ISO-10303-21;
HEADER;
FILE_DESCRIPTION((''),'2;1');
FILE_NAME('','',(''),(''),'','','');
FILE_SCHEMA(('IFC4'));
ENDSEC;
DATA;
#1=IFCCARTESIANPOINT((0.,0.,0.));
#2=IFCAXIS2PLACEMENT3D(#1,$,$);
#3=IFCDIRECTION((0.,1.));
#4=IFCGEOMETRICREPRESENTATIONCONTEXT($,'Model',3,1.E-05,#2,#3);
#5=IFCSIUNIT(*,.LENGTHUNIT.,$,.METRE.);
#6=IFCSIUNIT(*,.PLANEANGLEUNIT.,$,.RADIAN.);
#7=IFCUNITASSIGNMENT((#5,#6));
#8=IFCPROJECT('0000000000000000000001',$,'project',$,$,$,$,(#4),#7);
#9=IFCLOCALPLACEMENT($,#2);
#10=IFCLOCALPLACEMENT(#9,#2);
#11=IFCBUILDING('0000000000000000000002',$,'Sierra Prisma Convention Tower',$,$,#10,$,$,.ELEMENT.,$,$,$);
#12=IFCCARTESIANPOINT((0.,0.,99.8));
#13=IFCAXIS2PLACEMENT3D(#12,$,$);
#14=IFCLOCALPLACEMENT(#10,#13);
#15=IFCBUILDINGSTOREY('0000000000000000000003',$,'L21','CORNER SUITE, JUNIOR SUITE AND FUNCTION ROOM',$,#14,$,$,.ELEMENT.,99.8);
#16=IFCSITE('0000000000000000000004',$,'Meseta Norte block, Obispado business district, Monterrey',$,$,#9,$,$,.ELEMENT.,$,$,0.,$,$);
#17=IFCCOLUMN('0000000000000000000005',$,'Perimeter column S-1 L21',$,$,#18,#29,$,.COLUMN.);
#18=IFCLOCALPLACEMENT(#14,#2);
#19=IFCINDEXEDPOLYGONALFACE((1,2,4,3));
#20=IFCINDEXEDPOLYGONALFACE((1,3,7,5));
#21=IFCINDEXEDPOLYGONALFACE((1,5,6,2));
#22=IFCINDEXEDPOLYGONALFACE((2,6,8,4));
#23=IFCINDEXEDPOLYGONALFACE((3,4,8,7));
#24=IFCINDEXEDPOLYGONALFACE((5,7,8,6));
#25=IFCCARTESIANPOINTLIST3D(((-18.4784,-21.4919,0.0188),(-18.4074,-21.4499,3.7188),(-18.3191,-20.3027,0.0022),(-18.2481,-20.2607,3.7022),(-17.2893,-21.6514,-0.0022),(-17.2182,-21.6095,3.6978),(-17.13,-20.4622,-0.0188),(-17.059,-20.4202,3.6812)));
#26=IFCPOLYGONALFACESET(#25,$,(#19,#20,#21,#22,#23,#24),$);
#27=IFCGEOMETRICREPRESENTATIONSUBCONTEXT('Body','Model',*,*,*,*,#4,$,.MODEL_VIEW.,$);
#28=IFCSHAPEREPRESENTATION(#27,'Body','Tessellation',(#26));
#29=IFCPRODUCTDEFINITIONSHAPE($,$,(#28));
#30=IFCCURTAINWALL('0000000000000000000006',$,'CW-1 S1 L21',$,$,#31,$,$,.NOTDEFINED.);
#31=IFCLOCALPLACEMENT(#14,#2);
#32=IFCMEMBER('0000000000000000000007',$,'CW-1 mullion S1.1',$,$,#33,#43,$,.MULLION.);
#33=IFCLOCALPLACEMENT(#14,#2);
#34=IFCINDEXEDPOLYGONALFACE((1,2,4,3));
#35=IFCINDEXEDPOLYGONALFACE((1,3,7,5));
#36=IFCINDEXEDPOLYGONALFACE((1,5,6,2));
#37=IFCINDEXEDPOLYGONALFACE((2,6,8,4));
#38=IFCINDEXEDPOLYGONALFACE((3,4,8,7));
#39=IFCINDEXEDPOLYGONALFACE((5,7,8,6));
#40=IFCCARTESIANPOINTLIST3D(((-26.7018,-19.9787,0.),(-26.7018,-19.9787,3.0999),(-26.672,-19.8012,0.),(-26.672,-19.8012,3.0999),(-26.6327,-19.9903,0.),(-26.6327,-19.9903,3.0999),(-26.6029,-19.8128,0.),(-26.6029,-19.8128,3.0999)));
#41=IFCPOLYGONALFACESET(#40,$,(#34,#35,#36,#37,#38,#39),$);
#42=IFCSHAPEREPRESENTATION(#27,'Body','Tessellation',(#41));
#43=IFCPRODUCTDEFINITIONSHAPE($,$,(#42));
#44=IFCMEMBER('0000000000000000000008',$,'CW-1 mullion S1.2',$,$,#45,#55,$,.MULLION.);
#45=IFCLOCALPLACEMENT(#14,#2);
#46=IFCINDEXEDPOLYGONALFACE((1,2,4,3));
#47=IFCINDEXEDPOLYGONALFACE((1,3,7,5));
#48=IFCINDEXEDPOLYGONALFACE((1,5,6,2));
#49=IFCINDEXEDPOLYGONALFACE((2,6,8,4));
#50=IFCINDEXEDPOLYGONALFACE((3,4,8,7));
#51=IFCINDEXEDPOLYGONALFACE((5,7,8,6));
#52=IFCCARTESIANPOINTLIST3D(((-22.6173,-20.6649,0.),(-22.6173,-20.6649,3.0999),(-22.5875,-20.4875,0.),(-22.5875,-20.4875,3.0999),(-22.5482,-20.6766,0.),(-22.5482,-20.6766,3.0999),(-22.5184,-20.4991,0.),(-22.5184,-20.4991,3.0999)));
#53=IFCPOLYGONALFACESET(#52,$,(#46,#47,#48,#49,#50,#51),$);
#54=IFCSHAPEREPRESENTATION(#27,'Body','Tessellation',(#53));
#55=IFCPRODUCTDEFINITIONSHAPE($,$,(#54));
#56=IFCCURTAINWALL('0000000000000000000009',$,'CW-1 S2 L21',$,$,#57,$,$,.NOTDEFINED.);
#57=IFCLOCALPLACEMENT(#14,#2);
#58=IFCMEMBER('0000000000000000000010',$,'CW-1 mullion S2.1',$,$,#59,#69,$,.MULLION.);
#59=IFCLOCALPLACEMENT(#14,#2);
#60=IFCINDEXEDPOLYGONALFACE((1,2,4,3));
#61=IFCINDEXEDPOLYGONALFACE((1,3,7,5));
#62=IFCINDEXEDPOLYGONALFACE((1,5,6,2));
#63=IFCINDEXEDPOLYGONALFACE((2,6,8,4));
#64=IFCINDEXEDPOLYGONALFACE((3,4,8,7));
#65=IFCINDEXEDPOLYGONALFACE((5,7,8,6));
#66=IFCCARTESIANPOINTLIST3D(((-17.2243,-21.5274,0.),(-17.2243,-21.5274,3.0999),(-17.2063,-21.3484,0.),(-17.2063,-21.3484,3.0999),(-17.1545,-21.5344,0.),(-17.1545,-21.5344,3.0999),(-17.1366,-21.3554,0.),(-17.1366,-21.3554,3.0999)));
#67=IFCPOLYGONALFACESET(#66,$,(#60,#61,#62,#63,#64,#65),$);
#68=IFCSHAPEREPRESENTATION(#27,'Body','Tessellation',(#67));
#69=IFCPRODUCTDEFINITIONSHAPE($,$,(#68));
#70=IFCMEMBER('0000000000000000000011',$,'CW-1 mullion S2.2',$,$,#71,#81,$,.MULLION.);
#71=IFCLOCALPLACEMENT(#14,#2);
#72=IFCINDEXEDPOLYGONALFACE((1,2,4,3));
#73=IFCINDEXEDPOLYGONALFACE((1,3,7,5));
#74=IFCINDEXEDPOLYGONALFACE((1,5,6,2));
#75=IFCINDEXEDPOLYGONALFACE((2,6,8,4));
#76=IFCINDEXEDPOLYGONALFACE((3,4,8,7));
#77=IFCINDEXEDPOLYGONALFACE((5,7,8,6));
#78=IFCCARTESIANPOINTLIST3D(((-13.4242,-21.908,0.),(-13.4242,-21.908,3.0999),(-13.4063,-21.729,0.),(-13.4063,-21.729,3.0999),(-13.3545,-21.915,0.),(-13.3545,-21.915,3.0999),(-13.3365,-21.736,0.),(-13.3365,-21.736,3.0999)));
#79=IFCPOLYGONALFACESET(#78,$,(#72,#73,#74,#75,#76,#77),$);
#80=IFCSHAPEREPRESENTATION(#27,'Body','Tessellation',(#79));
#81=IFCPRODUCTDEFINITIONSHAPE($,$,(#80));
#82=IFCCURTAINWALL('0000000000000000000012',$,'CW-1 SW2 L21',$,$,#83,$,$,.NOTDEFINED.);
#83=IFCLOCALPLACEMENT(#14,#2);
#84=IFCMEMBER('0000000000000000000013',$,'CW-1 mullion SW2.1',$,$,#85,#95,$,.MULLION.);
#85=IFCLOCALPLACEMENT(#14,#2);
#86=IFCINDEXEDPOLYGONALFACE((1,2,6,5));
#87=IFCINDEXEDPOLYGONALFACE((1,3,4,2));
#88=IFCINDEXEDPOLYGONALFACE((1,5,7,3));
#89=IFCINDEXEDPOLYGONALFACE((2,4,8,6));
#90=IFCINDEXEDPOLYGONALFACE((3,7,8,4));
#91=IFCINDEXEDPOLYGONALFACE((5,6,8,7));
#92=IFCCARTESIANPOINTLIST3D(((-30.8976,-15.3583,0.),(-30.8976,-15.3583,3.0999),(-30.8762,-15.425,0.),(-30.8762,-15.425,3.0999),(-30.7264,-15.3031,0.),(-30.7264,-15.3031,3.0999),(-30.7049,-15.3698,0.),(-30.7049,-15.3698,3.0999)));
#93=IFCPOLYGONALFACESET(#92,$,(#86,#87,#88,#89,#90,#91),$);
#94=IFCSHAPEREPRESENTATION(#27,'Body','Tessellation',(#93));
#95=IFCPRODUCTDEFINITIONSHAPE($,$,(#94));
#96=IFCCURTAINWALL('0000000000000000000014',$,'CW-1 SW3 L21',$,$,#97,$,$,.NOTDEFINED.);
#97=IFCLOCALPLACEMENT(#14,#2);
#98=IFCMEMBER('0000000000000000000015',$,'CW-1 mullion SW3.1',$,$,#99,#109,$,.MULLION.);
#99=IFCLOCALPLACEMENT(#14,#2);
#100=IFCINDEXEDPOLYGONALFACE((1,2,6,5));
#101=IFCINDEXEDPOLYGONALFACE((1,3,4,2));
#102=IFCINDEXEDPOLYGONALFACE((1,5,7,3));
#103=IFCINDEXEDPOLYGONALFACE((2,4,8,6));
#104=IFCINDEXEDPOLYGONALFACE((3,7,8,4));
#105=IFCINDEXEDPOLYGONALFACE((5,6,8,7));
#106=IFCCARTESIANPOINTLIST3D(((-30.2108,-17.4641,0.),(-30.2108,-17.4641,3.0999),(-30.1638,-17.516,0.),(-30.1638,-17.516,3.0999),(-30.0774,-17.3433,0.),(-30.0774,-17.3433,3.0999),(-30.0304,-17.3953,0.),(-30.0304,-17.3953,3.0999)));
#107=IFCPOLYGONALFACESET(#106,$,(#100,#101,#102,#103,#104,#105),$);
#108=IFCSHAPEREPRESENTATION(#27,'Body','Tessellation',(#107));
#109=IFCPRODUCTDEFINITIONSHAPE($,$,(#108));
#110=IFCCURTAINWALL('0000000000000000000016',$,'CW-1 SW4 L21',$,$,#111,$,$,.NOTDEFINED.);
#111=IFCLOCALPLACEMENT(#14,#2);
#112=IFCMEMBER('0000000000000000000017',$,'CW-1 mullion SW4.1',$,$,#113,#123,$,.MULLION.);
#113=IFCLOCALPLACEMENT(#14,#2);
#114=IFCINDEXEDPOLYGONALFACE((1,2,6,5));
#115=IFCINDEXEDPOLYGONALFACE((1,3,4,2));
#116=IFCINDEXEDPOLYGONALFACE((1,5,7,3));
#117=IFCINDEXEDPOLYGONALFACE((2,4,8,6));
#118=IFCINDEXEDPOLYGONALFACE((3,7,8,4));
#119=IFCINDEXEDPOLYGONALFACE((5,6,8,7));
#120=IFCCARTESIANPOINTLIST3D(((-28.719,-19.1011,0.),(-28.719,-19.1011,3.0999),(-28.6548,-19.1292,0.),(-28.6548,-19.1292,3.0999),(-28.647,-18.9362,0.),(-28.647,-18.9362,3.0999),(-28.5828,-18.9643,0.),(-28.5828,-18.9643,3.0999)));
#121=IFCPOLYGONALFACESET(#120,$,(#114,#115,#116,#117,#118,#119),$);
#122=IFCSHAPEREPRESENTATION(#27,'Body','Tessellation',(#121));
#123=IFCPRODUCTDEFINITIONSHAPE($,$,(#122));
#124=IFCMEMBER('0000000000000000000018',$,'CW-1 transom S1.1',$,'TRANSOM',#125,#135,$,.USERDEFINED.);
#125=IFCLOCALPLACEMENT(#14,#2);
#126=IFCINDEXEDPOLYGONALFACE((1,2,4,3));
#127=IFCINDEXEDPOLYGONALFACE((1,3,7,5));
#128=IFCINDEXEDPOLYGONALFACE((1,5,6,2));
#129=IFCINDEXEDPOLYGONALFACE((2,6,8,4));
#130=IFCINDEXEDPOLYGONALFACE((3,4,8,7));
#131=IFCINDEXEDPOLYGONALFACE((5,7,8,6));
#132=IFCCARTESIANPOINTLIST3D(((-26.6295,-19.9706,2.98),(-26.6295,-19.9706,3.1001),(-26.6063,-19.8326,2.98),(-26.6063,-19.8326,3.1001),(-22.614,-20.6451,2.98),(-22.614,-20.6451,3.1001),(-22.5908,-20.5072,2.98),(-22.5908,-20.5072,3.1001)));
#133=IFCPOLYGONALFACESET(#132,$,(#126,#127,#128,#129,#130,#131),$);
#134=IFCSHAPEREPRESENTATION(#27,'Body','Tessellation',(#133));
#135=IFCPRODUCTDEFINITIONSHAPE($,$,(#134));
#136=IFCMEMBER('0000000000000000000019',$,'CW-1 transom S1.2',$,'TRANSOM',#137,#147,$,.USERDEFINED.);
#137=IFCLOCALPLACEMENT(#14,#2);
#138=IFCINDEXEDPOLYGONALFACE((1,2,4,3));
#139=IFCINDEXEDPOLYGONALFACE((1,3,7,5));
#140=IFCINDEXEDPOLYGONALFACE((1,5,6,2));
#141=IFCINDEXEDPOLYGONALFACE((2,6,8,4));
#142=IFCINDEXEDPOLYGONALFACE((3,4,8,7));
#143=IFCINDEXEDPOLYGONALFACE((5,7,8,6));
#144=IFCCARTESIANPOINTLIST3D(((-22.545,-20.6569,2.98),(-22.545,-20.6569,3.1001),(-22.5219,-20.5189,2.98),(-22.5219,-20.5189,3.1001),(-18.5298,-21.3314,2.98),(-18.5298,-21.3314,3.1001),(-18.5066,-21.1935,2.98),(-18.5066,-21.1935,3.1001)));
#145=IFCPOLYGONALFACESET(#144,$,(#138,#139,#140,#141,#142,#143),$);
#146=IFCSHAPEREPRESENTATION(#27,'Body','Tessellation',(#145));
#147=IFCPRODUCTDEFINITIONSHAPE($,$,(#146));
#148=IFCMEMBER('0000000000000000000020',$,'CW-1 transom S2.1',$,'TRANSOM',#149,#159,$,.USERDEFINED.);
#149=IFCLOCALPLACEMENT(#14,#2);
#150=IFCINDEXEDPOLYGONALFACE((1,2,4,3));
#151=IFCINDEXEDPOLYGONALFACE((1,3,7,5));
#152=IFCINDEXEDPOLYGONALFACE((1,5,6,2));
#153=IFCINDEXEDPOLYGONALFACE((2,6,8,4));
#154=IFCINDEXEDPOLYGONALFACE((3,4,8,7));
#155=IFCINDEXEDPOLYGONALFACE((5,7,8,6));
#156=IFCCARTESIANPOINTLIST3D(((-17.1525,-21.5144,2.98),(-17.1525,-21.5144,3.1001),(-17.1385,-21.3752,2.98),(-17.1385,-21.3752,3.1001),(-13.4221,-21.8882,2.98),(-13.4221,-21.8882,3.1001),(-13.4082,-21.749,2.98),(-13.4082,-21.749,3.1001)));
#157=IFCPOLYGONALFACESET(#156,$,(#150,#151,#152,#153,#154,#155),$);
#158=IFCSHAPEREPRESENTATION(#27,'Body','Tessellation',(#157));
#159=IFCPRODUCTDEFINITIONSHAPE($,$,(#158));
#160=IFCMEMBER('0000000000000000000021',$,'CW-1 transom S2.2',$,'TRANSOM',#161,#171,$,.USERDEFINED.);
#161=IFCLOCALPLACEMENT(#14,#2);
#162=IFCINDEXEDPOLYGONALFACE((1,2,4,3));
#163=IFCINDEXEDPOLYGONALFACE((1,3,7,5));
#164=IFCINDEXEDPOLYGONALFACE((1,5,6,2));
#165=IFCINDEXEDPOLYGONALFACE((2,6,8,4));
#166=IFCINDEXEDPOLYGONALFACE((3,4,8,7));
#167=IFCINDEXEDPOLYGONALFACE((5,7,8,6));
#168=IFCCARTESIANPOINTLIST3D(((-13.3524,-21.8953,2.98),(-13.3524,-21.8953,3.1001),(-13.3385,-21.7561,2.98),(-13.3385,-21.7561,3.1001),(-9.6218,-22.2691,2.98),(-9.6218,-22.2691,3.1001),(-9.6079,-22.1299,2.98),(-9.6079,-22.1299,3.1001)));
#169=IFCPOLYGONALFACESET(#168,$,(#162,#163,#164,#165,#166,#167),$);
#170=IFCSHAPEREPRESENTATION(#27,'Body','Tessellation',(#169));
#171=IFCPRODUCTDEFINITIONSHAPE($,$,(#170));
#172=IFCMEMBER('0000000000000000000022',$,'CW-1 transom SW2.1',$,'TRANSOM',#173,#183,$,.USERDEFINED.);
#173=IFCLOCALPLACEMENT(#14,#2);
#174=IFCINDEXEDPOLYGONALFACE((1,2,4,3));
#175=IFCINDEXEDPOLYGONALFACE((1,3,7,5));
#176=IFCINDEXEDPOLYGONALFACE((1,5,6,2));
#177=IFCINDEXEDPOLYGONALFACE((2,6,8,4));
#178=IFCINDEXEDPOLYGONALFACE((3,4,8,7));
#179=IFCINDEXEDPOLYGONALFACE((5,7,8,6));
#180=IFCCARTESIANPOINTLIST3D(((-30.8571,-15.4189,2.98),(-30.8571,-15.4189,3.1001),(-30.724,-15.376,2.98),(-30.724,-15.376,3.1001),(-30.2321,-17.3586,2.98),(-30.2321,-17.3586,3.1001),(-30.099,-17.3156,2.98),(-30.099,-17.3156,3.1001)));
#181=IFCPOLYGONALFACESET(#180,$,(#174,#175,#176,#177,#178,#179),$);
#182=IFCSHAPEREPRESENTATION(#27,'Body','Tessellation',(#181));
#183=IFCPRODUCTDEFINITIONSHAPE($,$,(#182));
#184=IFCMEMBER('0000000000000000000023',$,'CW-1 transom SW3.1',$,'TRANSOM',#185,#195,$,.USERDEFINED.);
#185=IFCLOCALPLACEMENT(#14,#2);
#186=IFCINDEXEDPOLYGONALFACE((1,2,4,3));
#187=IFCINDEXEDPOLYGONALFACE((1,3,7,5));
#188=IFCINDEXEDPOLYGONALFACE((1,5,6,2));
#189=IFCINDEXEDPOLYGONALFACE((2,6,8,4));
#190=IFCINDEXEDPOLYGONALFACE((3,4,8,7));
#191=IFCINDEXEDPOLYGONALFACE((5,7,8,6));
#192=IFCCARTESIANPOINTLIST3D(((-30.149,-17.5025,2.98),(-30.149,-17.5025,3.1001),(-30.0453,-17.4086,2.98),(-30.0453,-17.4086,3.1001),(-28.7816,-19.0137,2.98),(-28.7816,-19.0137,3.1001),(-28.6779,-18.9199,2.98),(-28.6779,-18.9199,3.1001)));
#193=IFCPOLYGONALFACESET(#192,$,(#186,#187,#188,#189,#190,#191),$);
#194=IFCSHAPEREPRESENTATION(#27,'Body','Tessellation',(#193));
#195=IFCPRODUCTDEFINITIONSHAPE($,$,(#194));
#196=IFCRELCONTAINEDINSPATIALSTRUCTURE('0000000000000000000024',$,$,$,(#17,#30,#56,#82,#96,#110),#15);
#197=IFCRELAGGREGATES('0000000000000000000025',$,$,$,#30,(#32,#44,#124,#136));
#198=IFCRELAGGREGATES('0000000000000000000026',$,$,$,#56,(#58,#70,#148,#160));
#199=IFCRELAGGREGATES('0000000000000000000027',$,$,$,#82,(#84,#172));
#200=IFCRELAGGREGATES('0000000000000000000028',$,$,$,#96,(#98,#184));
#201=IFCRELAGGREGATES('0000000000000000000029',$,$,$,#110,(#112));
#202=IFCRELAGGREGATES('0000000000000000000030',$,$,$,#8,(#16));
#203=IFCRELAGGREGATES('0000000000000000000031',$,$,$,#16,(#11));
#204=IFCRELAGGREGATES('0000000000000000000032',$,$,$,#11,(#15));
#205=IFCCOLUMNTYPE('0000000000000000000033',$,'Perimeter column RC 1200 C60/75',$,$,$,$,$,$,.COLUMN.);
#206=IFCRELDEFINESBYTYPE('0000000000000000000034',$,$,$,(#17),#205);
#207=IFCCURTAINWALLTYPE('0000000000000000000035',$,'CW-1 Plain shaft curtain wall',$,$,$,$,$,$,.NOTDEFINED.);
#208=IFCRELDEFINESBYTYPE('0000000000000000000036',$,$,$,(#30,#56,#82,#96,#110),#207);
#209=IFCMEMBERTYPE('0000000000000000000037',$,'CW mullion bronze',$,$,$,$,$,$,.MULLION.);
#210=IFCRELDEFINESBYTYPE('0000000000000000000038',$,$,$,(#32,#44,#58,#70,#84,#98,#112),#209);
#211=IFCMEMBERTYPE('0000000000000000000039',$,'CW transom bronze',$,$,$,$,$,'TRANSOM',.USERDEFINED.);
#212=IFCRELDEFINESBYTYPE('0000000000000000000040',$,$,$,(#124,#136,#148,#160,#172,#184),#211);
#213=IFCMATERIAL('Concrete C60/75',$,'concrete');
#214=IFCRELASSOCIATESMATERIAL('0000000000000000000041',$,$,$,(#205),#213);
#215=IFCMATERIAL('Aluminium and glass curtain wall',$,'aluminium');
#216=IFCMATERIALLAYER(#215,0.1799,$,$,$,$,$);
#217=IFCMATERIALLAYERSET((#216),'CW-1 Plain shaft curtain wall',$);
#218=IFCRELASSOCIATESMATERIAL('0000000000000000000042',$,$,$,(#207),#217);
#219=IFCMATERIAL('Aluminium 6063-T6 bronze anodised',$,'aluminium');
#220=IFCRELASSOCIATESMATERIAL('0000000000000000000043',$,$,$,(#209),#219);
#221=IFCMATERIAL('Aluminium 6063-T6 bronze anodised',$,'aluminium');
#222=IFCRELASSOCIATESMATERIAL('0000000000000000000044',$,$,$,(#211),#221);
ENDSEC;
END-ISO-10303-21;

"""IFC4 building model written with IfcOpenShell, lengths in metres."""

from ifc_helpers import new_model, si_unit, direction, frame, origin, origin_2d, place, context, subcontext, project, spatial, rectangle, extrude, material, layer, layer_set, material_profile, profile_set, type_object, element, aggregate, save


model = new_model("IFC4")

# Units and contexts
model_context = context("Model", 3, precision=1e-05, world=origin(), true_north=direction((0.0, 1.0)))
body_context = subcontext(model_context, "Body", "Model", "MODEL_VIEW")
ifc_project = project(units=[si_unit("LENGTHUNIT", "METRE"), si_unit("PLANEANGLEUNIT", "RADIAN")], contexts=[model_context])

# Site, building, storey
site_placement = place(None, origin())
site = spatial("IfcSite", under=ifc_project, at=site_placement, Name="Meseta Norte block, Obispado business district, Monterrey", CompositionType="ELEMENT", RefElevation=0.0)
building_placement = place(site_placement, origin())
building = spatial("IfcBuilding", under=site, at=building_placement, Name="Sierra Prisma Convention Tower", CompositionType="ELEMENT")
storey_placement = place(building_placement, frame((0.0, 0.0, 99.8)))
storey = spatial("IfcBuildingStorey", under=building, at=storey_placement, Name="L21", Description="CORNER SUITE, JUNIOR SUITE AND FUNCTION ROOM", CompositionType="ELEMENT", Elevation=99.8)

# Column
ifc_material_1 = material(Name="Concrete C60/75", Category="concrete")
ifc_material_profile_1 = material_profile(ifc_material_1, rectangle(XDim=1.2, YDim=1.2, at=origin_2d()), Name="Perimeter column RC 1200 C60/75")
ifc_profile_set_1 = profile_set([ifc_material_profile_1], Name="Concrete C60/75")
column_type = type_object("IfcColumnType", Name="Perimeter column RC 1200 C60/75", PredefinedType="COLUMN", material=ifc_profile_set_1)
column_placement = place(storey_placement, frame((-17.8042, -20.9771, 0.0), z_axis=(0.019197, 0.011347, 0.999751), x_axis=(-0.990964, 0.132983, 0.017519)))
element("IfcColumn", 1, at=column_placement, inside=storey, type_object=column_type, Name="Perimeter column S-1 L21", PredefinedType="COLUMN", context=body_context, shape_type="SweptSolid", body=[
    extrude(rectangle(XDim=1.2, YDim=1.2, at=origin_2d()), origin(), (0.0, 0.0, 1.0), 3.7009),
])

# Curtain walls, members
ifc_material_2 = material(Name="Aluminium and glass curtain wall", Category="aluminium")
ifc_layer_1 = layer(ifc_material_2, 0.1799)
ifc_layer_set_1 = layer_set([ifc_layer_1], Name="CW-1 Plain shaft curtain wall")
curtain_wall_type = type_object("IfcCurtainWallType", Name="CW-1 Plain shaft curtain wall", PredefinedType="NOTDEFINED", material=ifc_layer_set_1)
curtain_wall_1_placement = place(storey_placement, origin())
curtain_wall_1 = element("IfcCurtainWall", 2, at=curtain_wall_1_placement, inside=storey, type_object=curtain_wall_type, Name="CW-1 S1 L21", PredefinedType="NOTDEFINED")
ifc_material_3 = material(Name="Aluminium 6063-T6 bronze anodised", Category="aluminium")
ifc_material_profile_2 = material_profile(ifc_material_3, rectangle(XDim=0.1799, YDim=0.0701, at=origin_2d()), Name="ALU MULLION 70x180")
ifc_profile_set_2 = profile_set([ifc_material_profile_2], Name="Aluminium 6063-T6 bronze anodised")
member_type_1 = type_object("IfcMemberType", Name="CW mullion bronze", PredefinedType="MULLION", material=ifc_profile_set_2)
member_1_placement = place(storey_placement, frame((-26.6523, -19.8958, 0.0), z_axis=(0.0, 0.0, 1.0), x_axis=(0.165694, 0.986177, 0.0)))
member_1 = element("IfcMember", 3, at=member_1_placement, type_object=member_type_1, Name="CW-1 mullion S1.1", PredefinedType="MULLION", context=body_context, shape_type="SweptSolid", body=[
    extrude(rectangle(XDim=0.1799, YDim=0.0701, at=origin_2d()), origin(), (0.0, 0.0, 1.0), 3.0999),
])
member_2_placement = place(storey_placement, frame((-22.5679, -20.582, 0.0), z_axis=(0.0, 0.0, 1.0), x_axis=(0.165694, 0.986177, 0.0)))
member_2 = element("IfcMember", 4, at=member_2_placement, type_object=member_type_1, Name="CW-1 mullion S1.2", PredefinedType="MULLION", context=body_context, shape_type="SweptSolid", body=[
    extrude(rectangle(XDim=0.1799, YDim=0.0701, at=origin_2d()), origin(), (0.0, 0.0, 1.0), 3.0999),
])
curtain_wall_2_placement = place(storey_placement, origin())
curtain_wall_2 = element("IfcCurtainWall", 5, at=curtain_wall_2_placement, inside=storey, type_object=curtain_wall_type, Name="CW-1 S2 L21", PredefinedType="NOTDEFINED")
member_3_placement = place(storey_placement, frame((-17.1804, -21.4414, 0.0), z_axis=(0.0, 0.0, 1.0), x_axis=(0.099711, 0.995016, 0.0)))
member_3 = element("IfcMember", 6, at=member_3_placement, type_object=member_type_1, Name="CW-1 mullion S2.1", PredefinedType="MULLION", context=body_context, shape_type="SweptSolid", body=[
    extrude(rectangle(XDim=0.1799, YDim=0.0701, at=origin_2d()), origin(), (0.0, 0.0, 1.0), 3.0999),
])
member_4_placement = place(storey_placement, frame((-13.3804, -21.822, 0.0), z_axis=(0.0, 0.0, 1.0), x_axis=(0.099711, 0.995016, 0.0)))
member_4 = element("IfcMember", 7, at=member_4_placement, type_object=member_type_1, Name="CW-1 mullion S2.2", PredefinedType="MULLION", context=body_context, shape_type="SweptSolid", body=[
    extrude(rectangle(XDim=0.1799, YDim=0.0701, at=origin_2d()), origin(), (0.0, 0.0, 1.0), 3.0999),
])

# Curtain walls, members
curtain_wall_3_placement = place(storey_placement, origin())
curtain_wall_3 = element("IfcCurtainWall", 8, at=curtain_wall_3_placement, inside=storey, type_object=curtain_wall_type, Name="CW-1 SW2 L21", PredefinedType="NOTDEFINED")
member_5_placement = place(storey_placement, frame((-30.8013, -15.364, 0.0), z_axis=(0.0, 0.0, 1.0), x_axis=(0.951802, 0.306713, 0.0)))
member_5 = element("IfcMember", 9, at=member_5_placement, type_object=member_type_1, Name="CW-1 mullion SW2.1", PredefinedType="MULLION", context=body_context, shape_type="SweptSolid", body=[
    extrude(rectangle(XDim=0.1799, YDim=0.0701, at=origin_2d()), origin(), (0.0, 0.0, 1.0), 3.0999),
])
curtain_wall_4_placement = place(storey_placement, origin())
curtain_wall_4 = element("IfcCurtainWall", 10, at=curtain_wall_4_placement, inside=storey, type_object=curtain_wall_type, Name="CW-1 SW3 L21", PredefinedType="NOTDEFINED")
member_6_placement = place(storey_placement, frame((-30.1206, -17.4297, 0.0), z_axis=(0.0, 0.0, 1.0), x_axis=(0.741522, 0.670928, 0.0)))
member_6 = element("IfcMember", 11, at=member_6_placement, type_object=member_type_1, Name="CW-1 mullion SW3.1", PredefinedType="MULLION", context=body_context, shape_type="SweptSolid", body=[
    extrude(rectangle(XDim=0.1799, YDim=0.0701, at=origin_2d()), origin(), (0.0, 0.0, 1.0), 3.0999),
])
curtain_wall_5_placement = place(storey_placement, origin())
curtain_wall_5 = element("IfcCurtainWall", 12, at=curtain_wall_5_placement, inside=storey, type_object=curtain_wall_type, Name="CW-1 SW4 L21", PredefinedType="NOTDEFINED")
member_7_placement = place(storey_placement, frame((-28.6509, -19.0327, 0.0), z_axis=(0.0, 0.0, 1.0), x_axis=(0.40009, 0.916476, 0.0)))
member_7 = element("IfcMember", 13, at=member_7_placement, type_object=member_type_1, Name="CW-1 mullion SW4.1", PredefinedType="MULLION", context=body_context, shape_type="SweptSolid", body=[
    extrude(rectangle(XDim=0.1799, YDim=0.0701, at=origin_2d()), origin(), (0.0, 0.0, 1.0), 3.0999),
])

# Members
ifc_material_4 = material(Name="Aluminium 6063-T6 bronze anodised", Category="aluminium")
ifc_material_profile_3 = material_profile(ifc_material_4, rectangle(XDim=0.1399, YDim=0.1201, at=origin_2d()), Name="ALU TRANSOM 120x140")
ifc_profile_set_3 = profile_set([ifc_material_profile_3], Name="Aluminium 6063-T6 bronze anodised")
member_type_2 = type_object("IfcMemberType", Name="CW transom bronze", ElementType="TRANSOM", PredefinedType="USERDEFINED", material=ifc_profile_set_3)
member_8_placement = place(storey_placement, frame((-26.6179, -19.9016, 3.04), z_axis=(0.986182, -0.165663, 0.0), x_axis=(0.165663, 0.986182, 0.0)))
member_8 = element("IfcMember", 14, at=member_8_placement, type_object=member_type_2, Name="CW-1 transom S1.1", ObjectType="TRANSOM", PredefinedType="USERDEFINED", context=body_context, shape_type="SweptSolid", body=[
    extrude(rectangle(XDim=0.1399, YDim=0.1201, at=origin_2d()), origin(), (0.0, 0.0, 1.0), 4.0718),
])
member_9_placement = place(storey_placement, frame((-22.5334, -20.5879, 3.04), z_axis=(0.986181, -0.165673, 0.0), x_axis=(0.165673, 0.986181, 0.0)))
member_9 = element("IfcMember", 15, at=member_9_placement, type_object=member_type_2, Name="CW-1 transom S1.2", ObjectType="TRANSOM", PredefinedType="USERDEFINED", context=body_context, shape_type="SweptSolid", body=[
    extrude(rectangle(XDim=0.1399, YDim=0.1201, at=origin_2d()), origin(), (0.0, 0.0, 1.0), 4.0715),
])
member_10_placement = place(storey_placement, frame((-17.1455, -21.4448, 3.04), z_axis=(0.995017, -0.099704, 0.0), x_axis=(0.099704, 0.995017, 0.0)))
member_10 = element("IfcMember", 16, at=member_10_placement, type_object=member_type_2, Name="CW-1 transom S2.1", ObjectType="TRANSOM", PredefinedType="USERDEFINED", context=body_context, shape_type="SweptSolid", body=[
    extrude(rectangle(XDim=0.1399, YDim=0.1201, at=origin_2d()), origin(), (0.0, 0.0, 1.0), 3.749),
])
member_11_placement = place(storey_placement, frame((-13.3455, -21.8257, 3.04), z_axis=(0.995018, -0.099697, 0.0), x_axis=(0.099697, 0.995018, 0.0)))
member_11 = element("IfcMember", 17, at=member_11_placement, type_object=member_type_2, Name="CW-1 transom S2.2", ObjectType="TRANSOM", PredefinedType="USERDEFINED", context=body_context, shape_type="SweptSolid", body=[
    extrude(rectangle(XDim=0.1399, YDim=0.1201, at=origin_2d()), origin(), (0.0, 0.0, 1.0), 3.7493),
])
member_12_placement = place(storey_placement, frame((-30.7905, -15.3975, 3.04), z_axis=(0.306688, -0.95181, 0.0), x_axis=(0.95181, 0.306688, 0.0)))
member_12 = element("IfcMember", 18, at=member_12_placement, type_object=member_type_2, Name="CW-1 transom SW2.1", ObjectType="TRANSOM", PredefinedType="USERDEFINED", context=body_context, shape_type="SweptSolid", body=[
    extrude(rectangle(XDim=0.1399, YDim=0.1201, at=origin_2d()), origin(), (0.0, 0.0, 1.0), 2.0378),
])
member_13_placement = place(storey_placement, frame((-30.0972, -17.4556, 3.04), z_axis=(0.670948, -0.741505, 0.0), x_axis=(0.741505, 0.670948, 0.0)))
member_13 = element("IfcMember", 19, at=member_13_placement, type_object=member_type_2, Name="CW-1 transom SW3.1", ObjectType="TRANSOM", PredefinedType="USERDEFINED", context=body_context, shape_type="SweptSolid", body=[
    extrude(rectangle(XDim=0.1399, YDim=0.1201, at=origin_2d()), origin(), (0.0, 0.0, 1.0), 2.0381),
])

aggregate(curtain_wall_1, [member_1, member_2, member_8, member_9])
aggregate(curtain_wall_2, [member_3, member_4, member_10, member_11])
aggregate(curtain_wall_3, [member_5, member_12])
aggregate(curtain_wall_4, [member_6, member_13])
aggregate(curtain_wall_5, [member_7])

save(model, "model.ifc")
